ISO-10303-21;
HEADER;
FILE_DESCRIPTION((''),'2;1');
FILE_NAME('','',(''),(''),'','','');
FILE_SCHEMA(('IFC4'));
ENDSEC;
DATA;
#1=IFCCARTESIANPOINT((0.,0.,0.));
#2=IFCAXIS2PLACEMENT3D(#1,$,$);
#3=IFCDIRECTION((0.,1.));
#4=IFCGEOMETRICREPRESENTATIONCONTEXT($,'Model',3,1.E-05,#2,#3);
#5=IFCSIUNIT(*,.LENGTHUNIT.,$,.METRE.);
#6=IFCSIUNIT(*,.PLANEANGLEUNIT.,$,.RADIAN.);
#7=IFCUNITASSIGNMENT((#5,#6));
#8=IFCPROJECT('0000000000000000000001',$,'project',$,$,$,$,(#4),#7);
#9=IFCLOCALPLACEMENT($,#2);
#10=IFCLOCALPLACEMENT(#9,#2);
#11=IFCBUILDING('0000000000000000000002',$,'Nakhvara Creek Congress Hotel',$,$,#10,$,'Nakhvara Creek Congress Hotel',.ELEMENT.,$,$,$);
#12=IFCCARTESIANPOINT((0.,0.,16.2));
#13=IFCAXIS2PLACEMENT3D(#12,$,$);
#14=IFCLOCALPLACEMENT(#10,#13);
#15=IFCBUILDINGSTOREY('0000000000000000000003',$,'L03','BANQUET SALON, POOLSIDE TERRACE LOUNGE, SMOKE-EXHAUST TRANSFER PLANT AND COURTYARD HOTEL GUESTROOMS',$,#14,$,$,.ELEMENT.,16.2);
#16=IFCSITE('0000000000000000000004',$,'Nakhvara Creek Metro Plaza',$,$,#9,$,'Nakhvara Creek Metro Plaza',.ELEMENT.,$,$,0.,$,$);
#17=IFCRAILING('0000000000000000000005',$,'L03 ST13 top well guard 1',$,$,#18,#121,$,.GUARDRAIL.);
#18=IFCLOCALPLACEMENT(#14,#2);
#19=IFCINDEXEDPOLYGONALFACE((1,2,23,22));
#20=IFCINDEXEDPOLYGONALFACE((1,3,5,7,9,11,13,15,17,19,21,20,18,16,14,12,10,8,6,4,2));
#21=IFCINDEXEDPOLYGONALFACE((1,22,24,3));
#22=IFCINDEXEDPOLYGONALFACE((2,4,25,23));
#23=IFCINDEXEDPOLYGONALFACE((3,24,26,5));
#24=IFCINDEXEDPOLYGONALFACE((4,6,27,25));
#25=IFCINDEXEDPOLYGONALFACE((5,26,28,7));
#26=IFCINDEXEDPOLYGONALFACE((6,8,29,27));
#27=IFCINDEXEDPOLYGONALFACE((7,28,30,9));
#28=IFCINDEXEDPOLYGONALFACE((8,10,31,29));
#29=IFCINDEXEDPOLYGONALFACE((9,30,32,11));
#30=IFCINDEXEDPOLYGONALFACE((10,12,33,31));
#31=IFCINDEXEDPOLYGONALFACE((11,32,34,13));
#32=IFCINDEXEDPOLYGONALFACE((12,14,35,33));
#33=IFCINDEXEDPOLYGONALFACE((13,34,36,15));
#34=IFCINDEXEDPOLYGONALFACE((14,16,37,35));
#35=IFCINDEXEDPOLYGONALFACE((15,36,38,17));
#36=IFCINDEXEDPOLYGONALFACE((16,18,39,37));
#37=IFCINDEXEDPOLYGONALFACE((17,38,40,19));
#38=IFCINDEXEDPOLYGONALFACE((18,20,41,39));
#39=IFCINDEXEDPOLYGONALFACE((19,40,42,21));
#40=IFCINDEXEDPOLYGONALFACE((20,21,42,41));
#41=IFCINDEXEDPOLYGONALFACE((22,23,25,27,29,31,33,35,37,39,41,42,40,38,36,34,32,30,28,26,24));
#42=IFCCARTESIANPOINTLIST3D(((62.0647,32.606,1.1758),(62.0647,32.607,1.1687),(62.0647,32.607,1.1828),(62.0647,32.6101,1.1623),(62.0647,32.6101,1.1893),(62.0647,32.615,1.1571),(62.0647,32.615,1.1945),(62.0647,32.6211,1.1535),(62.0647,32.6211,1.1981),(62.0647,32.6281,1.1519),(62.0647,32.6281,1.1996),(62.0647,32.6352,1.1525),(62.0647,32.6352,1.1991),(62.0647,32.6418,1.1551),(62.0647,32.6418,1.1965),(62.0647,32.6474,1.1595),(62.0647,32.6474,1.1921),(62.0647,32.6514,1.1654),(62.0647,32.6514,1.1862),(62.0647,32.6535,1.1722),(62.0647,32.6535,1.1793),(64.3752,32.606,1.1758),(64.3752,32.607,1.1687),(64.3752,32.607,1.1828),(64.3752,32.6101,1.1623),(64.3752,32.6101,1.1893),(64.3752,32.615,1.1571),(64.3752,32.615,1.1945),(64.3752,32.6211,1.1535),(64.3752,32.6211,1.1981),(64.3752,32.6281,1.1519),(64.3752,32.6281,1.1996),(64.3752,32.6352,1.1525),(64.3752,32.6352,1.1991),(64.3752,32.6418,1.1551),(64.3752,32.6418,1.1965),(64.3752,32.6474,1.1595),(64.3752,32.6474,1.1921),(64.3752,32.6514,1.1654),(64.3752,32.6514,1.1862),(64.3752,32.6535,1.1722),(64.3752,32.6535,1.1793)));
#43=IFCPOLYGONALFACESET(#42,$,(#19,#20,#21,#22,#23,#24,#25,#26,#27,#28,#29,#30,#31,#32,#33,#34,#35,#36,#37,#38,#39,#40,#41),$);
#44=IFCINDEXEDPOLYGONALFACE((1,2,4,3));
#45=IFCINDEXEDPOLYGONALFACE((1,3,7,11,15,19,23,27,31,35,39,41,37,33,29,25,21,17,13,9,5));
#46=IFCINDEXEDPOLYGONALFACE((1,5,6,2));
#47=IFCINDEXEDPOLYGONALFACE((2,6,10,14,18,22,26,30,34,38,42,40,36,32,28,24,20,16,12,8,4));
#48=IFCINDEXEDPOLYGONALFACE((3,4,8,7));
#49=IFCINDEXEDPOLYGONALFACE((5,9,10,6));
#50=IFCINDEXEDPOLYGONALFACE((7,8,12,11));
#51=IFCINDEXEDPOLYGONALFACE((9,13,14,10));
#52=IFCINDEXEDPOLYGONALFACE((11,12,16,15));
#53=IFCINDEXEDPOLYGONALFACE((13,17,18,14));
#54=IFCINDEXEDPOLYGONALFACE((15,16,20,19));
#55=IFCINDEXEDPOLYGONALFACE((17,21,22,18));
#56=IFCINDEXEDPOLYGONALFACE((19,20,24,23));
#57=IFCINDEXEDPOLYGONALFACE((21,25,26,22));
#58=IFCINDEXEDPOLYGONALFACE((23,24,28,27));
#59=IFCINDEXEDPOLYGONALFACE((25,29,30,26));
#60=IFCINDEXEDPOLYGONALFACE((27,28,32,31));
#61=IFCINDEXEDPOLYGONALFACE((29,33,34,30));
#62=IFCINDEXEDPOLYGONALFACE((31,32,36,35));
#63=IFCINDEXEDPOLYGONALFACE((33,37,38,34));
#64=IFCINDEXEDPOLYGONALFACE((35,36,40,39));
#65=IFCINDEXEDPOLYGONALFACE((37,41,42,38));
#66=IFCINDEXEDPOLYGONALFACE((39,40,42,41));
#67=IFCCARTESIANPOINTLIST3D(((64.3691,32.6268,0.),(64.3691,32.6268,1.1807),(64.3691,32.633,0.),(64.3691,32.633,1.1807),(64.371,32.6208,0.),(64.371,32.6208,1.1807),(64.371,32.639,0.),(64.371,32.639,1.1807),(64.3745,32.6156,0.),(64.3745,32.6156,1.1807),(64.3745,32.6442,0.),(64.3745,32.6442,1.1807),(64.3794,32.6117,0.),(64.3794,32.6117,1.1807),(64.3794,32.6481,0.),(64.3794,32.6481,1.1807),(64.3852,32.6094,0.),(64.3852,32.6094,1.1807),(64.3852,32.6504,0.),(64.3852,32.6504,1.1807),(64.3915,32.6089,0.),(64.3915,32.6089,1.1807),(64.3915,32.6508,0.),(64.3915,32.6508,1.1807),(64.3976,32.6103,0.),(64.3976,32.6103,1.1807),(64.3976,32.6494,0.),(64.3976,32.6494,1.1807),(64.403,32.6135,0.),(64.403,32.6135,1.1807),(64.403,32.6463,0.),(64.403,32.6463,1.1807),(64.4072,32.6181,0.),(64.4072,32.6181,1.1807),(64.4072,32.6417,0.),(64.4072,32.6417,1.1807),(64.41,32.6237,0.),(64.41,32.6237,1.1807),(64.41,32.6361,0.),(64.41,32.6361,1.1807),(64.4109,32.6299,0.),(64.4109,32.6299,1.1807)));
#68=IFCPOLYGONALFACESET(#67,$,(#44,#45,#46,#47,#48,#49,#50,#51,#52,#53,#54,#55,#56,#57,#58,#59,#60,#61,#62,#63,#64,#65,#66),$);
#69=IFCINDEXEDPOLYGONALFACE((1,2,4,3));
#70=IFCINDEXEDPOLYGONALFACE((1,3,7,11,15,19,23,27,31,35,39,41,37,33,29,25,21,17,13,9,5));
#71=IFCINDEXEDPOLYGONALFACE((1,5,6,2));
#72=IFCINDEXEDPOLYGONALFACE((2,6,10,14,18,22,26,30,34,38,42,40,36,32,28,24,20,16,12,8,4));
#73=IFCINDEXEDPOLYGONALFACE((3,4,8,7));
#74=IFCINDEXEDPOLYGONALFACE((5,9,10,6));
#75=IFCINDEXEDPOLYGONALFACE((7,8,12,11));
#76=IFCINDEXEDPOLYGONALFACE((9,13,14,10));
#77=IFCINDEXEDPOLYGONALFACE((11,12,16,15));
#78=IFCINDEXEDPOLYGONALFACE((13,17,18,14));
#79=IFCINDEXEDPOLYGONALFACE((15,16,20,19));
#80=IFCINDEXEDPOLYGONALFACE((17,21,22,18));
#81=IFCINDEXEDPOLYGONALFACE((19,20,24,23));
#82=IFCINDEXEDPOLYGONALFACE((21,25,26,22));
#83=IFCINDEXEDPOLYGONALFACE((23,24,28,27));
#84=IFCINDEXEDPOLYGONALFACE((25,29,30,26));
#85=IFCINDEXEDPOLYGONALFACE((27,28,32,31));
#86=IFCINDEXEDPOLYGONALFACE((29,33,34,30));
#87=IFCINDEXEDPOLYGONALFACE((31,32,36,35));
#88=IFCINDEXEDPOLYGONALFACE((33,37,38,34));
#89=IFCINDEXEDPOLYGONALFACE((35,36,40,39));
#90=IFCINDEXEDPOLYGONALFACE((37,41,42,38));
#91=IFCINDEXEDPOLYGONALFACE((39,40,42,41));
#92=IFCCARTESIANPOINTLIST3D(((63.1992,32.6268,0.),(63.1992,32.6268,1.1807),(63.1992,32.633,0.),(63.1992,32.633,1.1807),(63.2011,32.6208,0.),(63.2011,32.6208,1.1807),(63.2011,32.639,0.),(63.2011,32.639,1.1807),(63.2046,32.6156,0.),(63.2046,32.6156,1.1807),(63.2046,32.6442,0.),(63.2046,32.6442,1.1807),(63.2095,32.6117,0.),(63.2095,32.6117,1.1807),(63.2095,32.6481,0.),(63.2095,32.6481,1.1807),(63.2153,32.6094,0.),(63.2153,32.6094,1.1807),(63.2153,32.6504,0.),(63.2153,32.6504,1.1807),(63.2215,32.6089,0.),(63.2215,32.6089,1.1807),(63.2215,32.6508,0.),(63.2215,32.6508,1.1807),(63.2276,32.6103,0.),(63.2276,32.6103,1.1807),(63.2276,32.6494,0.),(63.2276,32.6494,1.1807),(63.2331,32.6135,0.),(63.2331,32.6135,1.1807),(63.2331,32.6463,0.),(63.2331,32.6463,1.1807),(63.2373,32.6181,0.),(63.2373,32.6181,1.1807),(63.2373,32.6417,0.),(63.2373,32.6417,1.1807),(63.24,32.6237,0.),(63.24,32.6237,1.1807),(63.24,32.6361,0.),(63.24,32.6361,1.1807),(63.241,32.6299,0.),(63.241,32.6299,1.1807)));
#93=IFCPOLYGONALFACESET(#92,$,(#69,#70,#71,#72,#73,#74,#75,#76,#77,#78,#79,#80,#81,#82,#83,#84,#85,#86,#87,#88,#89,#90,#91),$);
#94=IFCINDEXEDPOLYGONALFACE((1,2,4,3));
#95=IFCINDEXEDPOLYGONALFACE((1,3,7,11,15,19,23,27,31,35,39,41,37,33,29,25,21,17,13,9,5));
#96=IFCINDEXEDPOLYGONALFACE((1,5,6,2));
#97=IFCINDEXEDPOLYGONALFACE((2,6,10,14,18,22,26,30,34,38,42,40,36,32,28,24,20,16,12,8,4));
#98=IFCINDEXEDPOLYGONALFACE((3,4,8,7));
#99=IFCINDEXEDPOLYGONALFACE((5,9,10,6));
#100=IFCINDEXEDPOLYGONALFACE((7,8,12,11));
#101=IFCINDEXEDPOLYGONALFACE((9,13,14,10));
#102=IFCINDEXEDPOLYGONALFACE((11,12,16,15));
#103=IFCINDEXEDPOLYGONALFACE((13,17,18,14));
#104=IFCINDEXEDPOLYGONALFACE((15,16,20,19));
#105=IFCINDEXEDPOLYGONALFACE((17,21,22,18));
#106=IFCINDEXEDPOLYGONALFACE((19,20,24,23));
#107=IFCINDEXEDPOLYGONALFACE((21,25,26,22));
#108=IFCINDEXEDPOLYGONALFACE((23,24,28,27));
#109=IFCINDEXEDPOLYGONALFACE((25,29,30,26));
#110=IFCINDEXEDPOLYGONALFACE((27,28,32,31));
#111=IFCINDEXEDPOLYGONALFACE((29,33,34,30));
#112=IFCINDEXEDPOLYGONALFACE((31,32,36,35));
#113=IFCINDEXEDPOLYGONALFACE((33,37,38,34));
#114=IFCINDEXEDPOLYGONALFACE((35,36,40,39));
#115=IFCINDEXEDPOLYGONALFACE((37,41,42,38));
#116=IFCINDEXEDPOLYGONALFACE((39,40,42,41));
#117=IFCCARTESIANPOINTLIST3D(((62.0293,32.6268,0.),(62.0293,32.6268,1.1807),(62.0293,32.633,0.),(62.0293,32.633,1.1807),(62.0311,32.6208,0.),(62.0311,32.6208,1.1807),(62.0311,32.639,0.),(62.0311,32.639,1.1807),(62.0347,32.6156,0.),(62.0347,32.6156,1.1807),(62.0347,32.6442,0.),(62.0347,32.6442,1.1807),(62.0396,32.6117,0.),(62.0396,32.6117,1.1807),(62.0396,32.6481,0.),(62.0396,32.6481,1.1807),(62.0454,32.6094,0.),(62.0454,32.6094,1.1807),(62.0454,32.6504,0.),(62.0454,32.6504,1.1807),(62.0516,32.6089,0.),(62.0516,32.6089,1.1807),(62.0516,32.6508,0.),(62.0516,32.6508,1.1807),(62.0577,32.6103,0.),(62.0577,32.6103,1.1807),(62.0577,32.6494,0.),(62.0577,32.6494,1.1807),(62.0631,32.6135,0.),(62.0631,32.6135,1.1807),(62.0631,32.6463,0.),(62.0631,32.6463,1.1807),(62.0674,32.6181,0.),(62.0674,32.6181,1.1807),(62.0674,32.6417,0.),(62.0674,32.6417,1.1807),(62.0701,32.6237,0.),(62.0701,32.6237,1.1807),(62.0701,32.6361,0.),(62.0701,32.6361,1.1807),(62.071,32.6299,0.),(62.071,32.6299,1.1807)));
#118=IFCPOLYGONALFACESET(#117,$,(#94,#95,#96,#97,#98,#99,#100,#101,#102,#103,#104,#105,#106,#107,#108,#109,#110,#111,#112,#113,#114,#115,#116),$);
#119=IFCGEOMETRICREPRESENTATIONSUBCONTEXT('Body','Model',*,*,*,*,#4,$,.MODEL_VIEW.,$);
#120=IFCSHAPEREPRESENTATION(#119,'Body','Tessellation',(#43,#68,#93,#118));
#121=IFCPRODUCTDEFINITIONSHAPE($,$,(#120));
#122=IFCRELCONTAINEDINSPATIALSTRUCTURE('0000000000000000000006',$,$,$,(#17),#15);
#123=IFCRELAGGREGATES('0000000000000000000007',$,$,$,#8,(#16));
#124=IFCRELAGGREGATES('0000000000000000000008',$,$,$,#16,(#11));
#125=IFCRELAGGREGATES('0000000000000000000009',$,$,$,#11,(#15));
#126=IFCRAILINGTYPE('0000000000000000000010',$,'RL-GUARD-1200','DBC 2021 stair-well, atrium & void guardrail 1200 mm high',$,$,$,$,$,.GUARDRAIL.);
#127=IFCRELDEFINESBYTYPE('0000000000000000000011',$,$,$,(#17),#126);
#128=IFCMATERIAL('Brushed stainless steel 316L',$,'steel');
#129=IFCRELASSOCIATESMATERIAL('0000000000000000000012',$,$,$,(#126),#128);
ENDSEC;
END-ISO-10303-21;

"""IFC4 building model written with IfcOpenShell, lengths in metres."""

from ifc_helpers import new_model, si_unit, direction, frame, origin, origin_2d, place, context, subcontext, project, spatial, circle, extrude, material, type_object, element, save


model = new_model("IFC4")

# Units and contexts
model_context = context("Model", 3, precision=1e-05, world=origin(), true_north=direction((0.0, 1.0)))
body_context = subcontext(model_context, "Body", "Model", "MODEL_VIEW")
ifc_project = project(units=[si_unit("LENGTHUNIT", "METRE"), si_unit("PLANEANGLEUNIT", "RADIAN")], contexts=[model_context])

# Site, building, storey
site_placement = place(None, origin())
site = spatial("IfcSite", under=ifc_project, at=site_placement, Name="Nakhvara Creek Metro Plaza", LongName="Nakhvara Creek Metro Plaza", CompositionType="ELEMENT", RefElevation=0.0)
building_placement = place(site_placement, origin())
building = spatial("IfcBuilding", under=site, at=building_placement, Name="Nakhvara Creek Congress Hotel", LongName="Nakhvara Creek Congress Hotel", CompositionType="ELEMENT")
storey_placement = place(building_placement, frame((0.0, 0.0, 16.2)))
storey = spatial("IfcBuildingStorey", under=building, at=storey_placement, Name="L03", Description="BANQUET SALON, POOLSIDE TERRACE LOUNGE, SMOKE-EXHAUST TRANSFER PLANT AND COURTYARD HOTEL GUESTROOMS", CompositionType="ELEMENT", Elevation=16.2)

# Railing
ifc_material_1 = material(Name="Brushed stainless steel 316L", Category="steel")
railing_type = type_object("IfcRailingType", Name="RL-GUARD-1200", Description="DBC 2021 stair-well, atrium & void guardrail 1200 mm high", PredefinedType="GUARDRAIL", material=ifc_material_1)
railing_1_placement = place(storey_placement, frame((64.3899, 32.6299, 0.0)))
element("IfcRailing", 1, at=railing_1_placement, inside=storey, type_object=railing_type, Name="L03 ST13 top well guard 1", PredefinedType="GUARDRAIL", context=body_context, shape_type="SweptSolid", body=[
    extrude(circle(Radius=0.0239, at=origin_2d()), frame((-0.0146, 0.0, 1.1758), z_axis=(-1.0, 0.0, 0.0), x_axis=(0.0, -1.0, 0.0)), (0.0, 0.0, 1.0), 2.3105),
    extrude(circle(Radius=0.021, at=origin_2d()), origin(), (0.0, 0.0, 1.0), 1.1807),
    extrude(circle(Radius=0.021, at=origin_2d()), frame((-1.1699, 0.0, 0.0)), (0.0, 0.0, 1.0), 1.1807),
    extrude(circle(Radius=0.021, at=origin_2d()), frame((-2.3398, 0.0, 0.0)), (0.0, 0.0, 1.0), 1.1807),
])

save(model, "model.ifc")
